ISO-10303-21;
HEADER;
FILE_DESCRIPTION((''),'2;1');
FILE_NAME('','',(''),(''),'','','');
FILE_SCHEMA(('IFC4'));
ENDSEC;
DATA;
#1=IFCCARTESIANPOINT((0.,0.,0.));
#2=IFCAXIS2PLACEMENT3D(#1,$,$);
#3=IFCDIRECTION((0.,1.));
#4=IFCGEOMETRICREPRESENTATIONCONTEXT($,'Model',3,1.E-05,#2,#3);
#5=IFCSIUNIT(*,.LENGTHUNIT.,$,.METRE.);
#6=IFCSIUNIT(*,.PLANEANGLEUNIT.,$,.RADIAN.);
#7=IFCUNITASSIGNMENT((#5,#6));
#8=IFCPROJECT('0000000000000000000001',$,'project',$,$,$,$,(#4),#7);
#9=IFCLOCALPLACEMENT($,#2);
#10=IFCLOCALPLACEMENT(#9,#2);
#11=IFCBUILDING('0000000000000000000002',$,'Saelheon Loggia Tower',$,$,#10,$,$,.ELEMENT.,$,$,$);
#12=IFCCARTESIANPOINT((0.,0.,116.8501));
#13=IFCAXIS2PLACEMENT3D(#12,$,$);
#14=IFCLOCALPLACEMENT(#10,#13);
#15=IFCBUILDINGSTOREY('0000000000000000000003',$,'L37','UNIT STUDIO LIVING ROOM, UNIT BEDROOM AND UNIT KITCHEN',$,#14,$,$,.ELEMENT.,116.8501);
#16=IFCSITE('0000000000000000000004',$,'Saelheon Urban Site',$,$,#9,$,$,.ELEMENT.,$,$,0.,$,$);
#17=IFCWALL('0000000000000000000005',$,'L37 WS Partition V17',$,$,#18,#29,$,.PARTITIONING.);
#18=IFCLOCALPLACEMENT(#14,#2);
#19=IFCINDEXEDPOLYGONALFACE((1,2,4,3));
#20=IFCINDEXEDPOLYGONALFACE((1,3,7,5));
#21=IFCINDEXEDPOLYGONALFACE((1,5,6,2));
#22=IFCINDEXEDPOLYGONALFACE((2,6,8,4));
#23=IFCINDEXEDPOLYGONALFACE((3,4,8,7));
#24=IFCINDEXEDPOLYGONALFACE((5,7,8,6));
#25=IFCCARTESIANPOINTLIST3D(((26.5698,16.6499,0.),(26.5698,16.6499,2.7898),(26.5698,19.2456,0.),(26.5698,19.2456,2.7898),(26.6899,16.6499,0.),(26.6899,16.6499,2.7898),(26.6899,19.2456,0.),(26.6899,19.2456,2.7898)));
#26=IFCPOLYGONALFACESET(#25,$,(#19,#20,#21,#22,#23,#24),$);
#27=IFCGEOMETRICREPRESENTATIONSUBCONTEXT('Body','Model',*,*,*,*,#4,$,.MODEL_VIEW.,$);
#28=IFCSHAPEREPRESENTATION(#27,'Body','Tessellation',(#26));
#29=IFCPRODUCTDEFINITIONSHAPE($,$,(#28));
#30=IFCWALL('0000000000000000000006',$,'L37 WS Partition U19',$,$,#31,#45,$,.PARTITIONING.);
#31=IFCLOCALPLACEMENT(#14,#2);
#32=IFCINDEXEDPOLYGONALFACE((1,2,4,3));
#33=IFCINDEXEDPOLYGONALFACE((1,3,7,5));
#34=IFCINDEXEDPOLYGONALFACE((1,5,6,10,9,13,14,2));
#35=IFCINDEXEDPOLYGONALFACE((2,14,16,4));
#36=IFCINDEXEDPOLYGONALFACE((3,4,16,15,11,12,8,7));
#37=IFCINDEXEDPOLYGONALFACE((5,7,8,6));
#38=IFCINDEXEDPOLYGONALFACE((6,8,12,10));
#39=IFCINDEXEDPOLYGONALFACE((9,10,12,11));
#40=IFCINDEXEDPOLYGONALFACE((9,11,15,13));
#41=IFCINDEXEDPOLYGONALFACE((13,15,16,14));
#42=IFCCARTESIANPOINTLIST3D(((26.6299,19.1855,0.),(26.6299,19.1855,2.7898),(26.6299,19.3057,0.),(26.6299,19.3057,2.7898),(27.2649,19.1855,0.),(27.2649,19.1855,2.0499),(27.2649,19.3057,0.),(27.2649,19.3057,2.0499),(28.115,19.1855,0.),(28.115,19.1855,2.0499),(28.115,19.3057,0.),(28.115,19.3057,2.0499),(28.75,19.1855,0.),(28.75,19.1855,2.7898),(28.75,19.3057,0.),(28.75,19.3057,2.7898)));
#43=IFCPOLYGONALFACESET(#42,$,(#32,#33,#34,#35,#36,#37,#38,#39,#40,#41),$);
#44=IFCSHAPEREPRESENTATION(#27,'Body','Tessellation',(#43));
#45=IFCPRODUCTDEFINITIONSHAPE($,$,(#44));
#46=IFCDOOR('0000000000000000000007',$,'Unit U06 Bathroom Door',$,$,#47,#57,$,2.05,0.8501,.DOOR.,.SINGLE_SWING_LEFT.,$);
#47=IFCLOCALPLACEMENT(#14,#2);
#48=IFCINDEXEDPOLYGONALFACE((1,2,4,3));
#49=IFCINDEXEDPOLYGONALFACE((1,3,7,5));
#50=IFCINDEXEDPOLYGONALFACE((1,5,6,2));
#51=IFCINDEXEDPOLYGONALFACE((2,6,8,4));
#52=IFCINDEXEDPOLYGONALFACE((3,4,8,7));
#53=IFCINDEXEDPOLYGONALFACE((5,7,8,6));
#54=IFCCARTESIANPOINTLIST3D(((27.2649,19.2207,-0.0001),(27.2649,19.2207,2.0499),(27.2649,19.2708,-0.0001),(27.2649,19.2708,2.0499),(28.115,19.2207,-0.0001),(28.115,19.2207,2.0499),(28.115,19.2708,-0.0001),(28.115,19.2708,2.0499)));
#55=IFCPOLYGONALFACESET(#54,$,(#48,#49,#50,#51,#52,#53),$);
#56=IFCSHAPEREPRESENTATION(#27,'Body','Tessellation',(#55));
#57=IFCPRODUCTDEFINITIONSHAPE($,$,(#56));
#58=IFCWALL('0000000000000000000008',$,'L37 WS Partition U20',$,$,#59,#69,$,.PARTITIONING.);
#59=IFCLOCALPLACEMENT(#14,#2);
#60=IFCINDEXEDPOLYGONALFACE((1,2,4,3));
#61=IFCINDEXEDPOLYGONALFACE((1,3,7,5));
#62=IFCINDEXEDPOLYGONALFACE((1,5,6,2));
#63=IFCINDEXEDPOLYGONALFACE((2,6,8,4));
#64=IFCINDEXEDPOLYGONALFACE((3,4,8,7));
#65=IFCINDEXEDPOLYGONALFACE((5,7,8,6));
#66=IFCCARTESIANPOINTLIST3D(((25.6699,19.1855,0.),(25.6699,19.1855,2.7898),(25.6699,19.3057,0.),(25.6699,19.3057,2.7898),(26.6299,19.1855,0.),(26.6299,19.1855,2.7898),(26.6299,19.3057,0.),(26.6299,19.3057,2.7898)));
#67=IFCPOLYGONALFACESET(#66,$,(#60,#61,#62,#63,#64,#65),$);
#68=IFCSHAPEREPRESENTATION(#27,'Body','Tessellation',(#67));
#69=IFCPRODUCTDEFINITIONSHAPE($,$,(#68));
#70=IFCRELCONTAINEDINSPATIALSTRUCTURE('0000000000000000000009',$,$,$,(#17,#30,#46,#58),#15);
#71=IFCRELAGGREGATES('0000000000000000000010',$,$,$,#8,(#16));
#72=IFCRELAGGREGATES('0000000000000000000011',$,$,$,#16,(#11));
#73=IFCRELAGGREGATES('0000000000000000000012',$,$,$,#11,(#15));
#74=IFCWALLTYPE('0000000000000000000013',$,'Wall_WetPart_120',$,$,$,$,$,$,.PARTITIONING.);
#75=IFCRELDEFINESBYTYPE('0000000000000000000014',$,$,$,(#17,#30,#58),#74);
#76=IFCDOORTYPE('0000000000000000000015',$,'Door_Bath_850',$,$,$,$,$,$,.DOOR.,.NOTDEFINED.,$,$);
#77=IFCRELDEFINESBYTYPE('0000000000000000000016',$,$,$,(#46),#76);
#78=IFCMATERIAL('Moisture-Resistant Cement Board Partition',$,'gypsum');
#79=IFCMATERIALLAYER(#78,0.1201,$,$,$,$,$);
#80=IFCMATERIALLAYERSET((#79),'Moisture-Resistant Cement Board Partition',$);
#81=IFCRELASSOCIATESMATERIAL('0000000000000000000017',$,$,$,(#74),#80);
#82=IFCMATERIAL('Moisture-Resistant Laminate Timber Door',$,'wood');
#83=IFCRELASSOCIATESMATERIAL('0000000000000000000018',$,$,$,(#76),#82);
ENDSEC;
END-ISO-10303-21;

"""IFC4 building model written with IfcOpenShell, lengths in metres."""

from ifc_helpers import new_model, si_unit, direction, frame, frame_2d, origin, place, context, subcontext, project, spatial, rectangle, extrude, source, transform, mapped, material, layer, layer_set, type_object, element, fill, save


model = new_model("IFC4")

# Units and contexts
model_context = context("Model", 3, precision=1e-05, world=origin(), true_north=direction((0.0, 1.0)))
body_context = subcontext(model_context, "Body", "Model", "MODEL_VIEW")
ifc_project = project(units=[si_unit("LENGTHUNIT", "METRE"), si_unit("PLANEANGLEUNIT", "RADIAN")], contexts=[model_context])

# Site, building, storey
site_placement = place(None, origin())
site = spatial("IfcSite", under=ifc_project, at=site_placement, Name="Saelheon Urban Site", CompositionType="ELEMENT", RefElevation=0.0)
building_placement = place(site_placement, origin())
building = spatial("IfcBuilding", under=site, at=building_placement, Name="Saelheon Loggia Tower", CompositionType="ELEMENT")
storey_placement = place(building_placement, frame((0.0, 0.0, 116.8501)))
storey = spatial("IfcBuildingStorey", under=building, at=storey_placement, Name="L37", Description="UNIT STUDIO LIVING ROOM, UNIT BEDROOM AND UNIT KITCHEN", CompositionType="ELEMENT", Elevation=116.8501)

# Wall
ifc_material_1 = material(Name="Moisture-Resistant Cement Board Partition", Category="gypsum")
ifc_layer_1 = layer(ifc_material_1, 0.1201)
ifc_layer_set_1 = layer_set([ifc_layer_1], Name="Moisture-Resistant Cement Board Partition")
wall_type_1 = type_object("IfcWallType", Name="Wall_WetPart_120", PredefinedType="PARTITIONING", material=ifc_layer_set_1)
wall_1_placement = place(storey_placement, frame((26.6299, 16.6499, 0.0), z_axis=(0.0, 0.0, 1.0), x_axis=(0.0, 1.0, 0.0)))
element("IfcWall", 1, at=wall_1_placement, inside=storey, type_object=wall_type_1, Name="L37 WS Partition V17", PredefinedType="PARTITIONING", context=body_context, shape_type="SweptSolid", body=[
    extrude(rectangle(XDim=2.5957, YDim=0.1201, at=frame_2d((1.2979, 0.0))), origin(), (0.0, 0.0, 1.0), 2.7898),
])

# Wall, opening, door
wall_2_placement = place(storey_placement, frame((28.75, 19.2456, 0.0), z_axis=(0.0, 0.0, 1.0), x_axis=(-1.0, 0.0, 0.0)))
wall_2 = element("IfcWall", 2, at=wall_2_placement, inside=storey, type_object=wall_type_1, Name="L37 WS Partition U19", PredefinedType="PARTITIONING", context=body_context, shape_type="SweptSolid", body=[
    extrude(rectangle(XDim=2.1201, YDim=0.1201, at=frame_2d((1.0601, 0.0))), origin(), (0.0, 0.0, 1.0), 2.7898),
])
opening_1_placement = place(wall_2_placement, frame((0.635, 0.0, 0.0)))
opening_1 = element("IfcOpeningElement", 3, at=opening_1_placement, cuts=wall_2, PredefinedType="OPENING", context=body_context, shape_type="SweptSolid", body=[
    extrude(rectangle(XDim=0.8501, YDim=2.05, at=frame_2d((0.425, 1.0249))), frame((0.0, 0.072, 0.0), z_axis=(0.0, -1.0, 0.0), x_axis=(1.0, 0.0, 0.0)), (0.0, 0.0, 1.0), 0.144),
])
ifc_material_2 = material(Name="Moisture-Resistant Laminate Timber Door", Category="wood")
door_type_1 = type_object("IfcDoorType", Name="Door_Bath_850", OperationType="NOTDEFINED", PredefinedType="DOOR", material=ifc_material_2)
shared_shape_1 = source(origin(), body_context, "Body", "SweptSolid", [
    extrude(rectangle(XDim=0.8501, YDim=2.05, at=frame_2d((0.425, 1.0249))), frame((0.0, 0.0249, 0.0), z_axis=(0.0, -1.0, 0.0), x_axis=(1.0, 0.0, 0.0)), (0.0, 0.0, 1.0), 0.05),
])
door_1_placement = place(opening_1_placement, origin())
door_1 = element("IfcDoor", 4, at=door_1_placement, inside=storey, type_object=door_type_1, Name="Unit U06 Bathroom Door", OperationType="SINGLE_SWING_LEFT", OverallHeight=2.05, OverallWidth=0.8501, PredefinedType="DOOR", context=body_context, shape_type="MappedRepresentation", body=[
    mapped(shared_shape_1, transform((0.0, 0.0, 0.0), scale=1.0)),
])
fill(opening_1, door_1)

# Wall
wall_3_placement = place(storey_placement, frame((26.6299, 19.2456, 0.0), z_axis=(0.0, 0.0, 1.0), x_axis=(-1.0, 0.0, 0.0)))
element("IfcWall", 5, at=wall_3_placement, inside=storey, type_object=wall_type_1, Name="L37 WS Partition U20", PredefinedType="PARTITIONING", context=body_context, shape_type="SweptSolid", body=[
    extrude(rectangle(XDim=0.96, YDim=0.1201, at=frame_2d((0.48, 0.0))), origin(), (0.0, 0.0, 1.0), 2.7898),
])

save(model, "model.ifc")
